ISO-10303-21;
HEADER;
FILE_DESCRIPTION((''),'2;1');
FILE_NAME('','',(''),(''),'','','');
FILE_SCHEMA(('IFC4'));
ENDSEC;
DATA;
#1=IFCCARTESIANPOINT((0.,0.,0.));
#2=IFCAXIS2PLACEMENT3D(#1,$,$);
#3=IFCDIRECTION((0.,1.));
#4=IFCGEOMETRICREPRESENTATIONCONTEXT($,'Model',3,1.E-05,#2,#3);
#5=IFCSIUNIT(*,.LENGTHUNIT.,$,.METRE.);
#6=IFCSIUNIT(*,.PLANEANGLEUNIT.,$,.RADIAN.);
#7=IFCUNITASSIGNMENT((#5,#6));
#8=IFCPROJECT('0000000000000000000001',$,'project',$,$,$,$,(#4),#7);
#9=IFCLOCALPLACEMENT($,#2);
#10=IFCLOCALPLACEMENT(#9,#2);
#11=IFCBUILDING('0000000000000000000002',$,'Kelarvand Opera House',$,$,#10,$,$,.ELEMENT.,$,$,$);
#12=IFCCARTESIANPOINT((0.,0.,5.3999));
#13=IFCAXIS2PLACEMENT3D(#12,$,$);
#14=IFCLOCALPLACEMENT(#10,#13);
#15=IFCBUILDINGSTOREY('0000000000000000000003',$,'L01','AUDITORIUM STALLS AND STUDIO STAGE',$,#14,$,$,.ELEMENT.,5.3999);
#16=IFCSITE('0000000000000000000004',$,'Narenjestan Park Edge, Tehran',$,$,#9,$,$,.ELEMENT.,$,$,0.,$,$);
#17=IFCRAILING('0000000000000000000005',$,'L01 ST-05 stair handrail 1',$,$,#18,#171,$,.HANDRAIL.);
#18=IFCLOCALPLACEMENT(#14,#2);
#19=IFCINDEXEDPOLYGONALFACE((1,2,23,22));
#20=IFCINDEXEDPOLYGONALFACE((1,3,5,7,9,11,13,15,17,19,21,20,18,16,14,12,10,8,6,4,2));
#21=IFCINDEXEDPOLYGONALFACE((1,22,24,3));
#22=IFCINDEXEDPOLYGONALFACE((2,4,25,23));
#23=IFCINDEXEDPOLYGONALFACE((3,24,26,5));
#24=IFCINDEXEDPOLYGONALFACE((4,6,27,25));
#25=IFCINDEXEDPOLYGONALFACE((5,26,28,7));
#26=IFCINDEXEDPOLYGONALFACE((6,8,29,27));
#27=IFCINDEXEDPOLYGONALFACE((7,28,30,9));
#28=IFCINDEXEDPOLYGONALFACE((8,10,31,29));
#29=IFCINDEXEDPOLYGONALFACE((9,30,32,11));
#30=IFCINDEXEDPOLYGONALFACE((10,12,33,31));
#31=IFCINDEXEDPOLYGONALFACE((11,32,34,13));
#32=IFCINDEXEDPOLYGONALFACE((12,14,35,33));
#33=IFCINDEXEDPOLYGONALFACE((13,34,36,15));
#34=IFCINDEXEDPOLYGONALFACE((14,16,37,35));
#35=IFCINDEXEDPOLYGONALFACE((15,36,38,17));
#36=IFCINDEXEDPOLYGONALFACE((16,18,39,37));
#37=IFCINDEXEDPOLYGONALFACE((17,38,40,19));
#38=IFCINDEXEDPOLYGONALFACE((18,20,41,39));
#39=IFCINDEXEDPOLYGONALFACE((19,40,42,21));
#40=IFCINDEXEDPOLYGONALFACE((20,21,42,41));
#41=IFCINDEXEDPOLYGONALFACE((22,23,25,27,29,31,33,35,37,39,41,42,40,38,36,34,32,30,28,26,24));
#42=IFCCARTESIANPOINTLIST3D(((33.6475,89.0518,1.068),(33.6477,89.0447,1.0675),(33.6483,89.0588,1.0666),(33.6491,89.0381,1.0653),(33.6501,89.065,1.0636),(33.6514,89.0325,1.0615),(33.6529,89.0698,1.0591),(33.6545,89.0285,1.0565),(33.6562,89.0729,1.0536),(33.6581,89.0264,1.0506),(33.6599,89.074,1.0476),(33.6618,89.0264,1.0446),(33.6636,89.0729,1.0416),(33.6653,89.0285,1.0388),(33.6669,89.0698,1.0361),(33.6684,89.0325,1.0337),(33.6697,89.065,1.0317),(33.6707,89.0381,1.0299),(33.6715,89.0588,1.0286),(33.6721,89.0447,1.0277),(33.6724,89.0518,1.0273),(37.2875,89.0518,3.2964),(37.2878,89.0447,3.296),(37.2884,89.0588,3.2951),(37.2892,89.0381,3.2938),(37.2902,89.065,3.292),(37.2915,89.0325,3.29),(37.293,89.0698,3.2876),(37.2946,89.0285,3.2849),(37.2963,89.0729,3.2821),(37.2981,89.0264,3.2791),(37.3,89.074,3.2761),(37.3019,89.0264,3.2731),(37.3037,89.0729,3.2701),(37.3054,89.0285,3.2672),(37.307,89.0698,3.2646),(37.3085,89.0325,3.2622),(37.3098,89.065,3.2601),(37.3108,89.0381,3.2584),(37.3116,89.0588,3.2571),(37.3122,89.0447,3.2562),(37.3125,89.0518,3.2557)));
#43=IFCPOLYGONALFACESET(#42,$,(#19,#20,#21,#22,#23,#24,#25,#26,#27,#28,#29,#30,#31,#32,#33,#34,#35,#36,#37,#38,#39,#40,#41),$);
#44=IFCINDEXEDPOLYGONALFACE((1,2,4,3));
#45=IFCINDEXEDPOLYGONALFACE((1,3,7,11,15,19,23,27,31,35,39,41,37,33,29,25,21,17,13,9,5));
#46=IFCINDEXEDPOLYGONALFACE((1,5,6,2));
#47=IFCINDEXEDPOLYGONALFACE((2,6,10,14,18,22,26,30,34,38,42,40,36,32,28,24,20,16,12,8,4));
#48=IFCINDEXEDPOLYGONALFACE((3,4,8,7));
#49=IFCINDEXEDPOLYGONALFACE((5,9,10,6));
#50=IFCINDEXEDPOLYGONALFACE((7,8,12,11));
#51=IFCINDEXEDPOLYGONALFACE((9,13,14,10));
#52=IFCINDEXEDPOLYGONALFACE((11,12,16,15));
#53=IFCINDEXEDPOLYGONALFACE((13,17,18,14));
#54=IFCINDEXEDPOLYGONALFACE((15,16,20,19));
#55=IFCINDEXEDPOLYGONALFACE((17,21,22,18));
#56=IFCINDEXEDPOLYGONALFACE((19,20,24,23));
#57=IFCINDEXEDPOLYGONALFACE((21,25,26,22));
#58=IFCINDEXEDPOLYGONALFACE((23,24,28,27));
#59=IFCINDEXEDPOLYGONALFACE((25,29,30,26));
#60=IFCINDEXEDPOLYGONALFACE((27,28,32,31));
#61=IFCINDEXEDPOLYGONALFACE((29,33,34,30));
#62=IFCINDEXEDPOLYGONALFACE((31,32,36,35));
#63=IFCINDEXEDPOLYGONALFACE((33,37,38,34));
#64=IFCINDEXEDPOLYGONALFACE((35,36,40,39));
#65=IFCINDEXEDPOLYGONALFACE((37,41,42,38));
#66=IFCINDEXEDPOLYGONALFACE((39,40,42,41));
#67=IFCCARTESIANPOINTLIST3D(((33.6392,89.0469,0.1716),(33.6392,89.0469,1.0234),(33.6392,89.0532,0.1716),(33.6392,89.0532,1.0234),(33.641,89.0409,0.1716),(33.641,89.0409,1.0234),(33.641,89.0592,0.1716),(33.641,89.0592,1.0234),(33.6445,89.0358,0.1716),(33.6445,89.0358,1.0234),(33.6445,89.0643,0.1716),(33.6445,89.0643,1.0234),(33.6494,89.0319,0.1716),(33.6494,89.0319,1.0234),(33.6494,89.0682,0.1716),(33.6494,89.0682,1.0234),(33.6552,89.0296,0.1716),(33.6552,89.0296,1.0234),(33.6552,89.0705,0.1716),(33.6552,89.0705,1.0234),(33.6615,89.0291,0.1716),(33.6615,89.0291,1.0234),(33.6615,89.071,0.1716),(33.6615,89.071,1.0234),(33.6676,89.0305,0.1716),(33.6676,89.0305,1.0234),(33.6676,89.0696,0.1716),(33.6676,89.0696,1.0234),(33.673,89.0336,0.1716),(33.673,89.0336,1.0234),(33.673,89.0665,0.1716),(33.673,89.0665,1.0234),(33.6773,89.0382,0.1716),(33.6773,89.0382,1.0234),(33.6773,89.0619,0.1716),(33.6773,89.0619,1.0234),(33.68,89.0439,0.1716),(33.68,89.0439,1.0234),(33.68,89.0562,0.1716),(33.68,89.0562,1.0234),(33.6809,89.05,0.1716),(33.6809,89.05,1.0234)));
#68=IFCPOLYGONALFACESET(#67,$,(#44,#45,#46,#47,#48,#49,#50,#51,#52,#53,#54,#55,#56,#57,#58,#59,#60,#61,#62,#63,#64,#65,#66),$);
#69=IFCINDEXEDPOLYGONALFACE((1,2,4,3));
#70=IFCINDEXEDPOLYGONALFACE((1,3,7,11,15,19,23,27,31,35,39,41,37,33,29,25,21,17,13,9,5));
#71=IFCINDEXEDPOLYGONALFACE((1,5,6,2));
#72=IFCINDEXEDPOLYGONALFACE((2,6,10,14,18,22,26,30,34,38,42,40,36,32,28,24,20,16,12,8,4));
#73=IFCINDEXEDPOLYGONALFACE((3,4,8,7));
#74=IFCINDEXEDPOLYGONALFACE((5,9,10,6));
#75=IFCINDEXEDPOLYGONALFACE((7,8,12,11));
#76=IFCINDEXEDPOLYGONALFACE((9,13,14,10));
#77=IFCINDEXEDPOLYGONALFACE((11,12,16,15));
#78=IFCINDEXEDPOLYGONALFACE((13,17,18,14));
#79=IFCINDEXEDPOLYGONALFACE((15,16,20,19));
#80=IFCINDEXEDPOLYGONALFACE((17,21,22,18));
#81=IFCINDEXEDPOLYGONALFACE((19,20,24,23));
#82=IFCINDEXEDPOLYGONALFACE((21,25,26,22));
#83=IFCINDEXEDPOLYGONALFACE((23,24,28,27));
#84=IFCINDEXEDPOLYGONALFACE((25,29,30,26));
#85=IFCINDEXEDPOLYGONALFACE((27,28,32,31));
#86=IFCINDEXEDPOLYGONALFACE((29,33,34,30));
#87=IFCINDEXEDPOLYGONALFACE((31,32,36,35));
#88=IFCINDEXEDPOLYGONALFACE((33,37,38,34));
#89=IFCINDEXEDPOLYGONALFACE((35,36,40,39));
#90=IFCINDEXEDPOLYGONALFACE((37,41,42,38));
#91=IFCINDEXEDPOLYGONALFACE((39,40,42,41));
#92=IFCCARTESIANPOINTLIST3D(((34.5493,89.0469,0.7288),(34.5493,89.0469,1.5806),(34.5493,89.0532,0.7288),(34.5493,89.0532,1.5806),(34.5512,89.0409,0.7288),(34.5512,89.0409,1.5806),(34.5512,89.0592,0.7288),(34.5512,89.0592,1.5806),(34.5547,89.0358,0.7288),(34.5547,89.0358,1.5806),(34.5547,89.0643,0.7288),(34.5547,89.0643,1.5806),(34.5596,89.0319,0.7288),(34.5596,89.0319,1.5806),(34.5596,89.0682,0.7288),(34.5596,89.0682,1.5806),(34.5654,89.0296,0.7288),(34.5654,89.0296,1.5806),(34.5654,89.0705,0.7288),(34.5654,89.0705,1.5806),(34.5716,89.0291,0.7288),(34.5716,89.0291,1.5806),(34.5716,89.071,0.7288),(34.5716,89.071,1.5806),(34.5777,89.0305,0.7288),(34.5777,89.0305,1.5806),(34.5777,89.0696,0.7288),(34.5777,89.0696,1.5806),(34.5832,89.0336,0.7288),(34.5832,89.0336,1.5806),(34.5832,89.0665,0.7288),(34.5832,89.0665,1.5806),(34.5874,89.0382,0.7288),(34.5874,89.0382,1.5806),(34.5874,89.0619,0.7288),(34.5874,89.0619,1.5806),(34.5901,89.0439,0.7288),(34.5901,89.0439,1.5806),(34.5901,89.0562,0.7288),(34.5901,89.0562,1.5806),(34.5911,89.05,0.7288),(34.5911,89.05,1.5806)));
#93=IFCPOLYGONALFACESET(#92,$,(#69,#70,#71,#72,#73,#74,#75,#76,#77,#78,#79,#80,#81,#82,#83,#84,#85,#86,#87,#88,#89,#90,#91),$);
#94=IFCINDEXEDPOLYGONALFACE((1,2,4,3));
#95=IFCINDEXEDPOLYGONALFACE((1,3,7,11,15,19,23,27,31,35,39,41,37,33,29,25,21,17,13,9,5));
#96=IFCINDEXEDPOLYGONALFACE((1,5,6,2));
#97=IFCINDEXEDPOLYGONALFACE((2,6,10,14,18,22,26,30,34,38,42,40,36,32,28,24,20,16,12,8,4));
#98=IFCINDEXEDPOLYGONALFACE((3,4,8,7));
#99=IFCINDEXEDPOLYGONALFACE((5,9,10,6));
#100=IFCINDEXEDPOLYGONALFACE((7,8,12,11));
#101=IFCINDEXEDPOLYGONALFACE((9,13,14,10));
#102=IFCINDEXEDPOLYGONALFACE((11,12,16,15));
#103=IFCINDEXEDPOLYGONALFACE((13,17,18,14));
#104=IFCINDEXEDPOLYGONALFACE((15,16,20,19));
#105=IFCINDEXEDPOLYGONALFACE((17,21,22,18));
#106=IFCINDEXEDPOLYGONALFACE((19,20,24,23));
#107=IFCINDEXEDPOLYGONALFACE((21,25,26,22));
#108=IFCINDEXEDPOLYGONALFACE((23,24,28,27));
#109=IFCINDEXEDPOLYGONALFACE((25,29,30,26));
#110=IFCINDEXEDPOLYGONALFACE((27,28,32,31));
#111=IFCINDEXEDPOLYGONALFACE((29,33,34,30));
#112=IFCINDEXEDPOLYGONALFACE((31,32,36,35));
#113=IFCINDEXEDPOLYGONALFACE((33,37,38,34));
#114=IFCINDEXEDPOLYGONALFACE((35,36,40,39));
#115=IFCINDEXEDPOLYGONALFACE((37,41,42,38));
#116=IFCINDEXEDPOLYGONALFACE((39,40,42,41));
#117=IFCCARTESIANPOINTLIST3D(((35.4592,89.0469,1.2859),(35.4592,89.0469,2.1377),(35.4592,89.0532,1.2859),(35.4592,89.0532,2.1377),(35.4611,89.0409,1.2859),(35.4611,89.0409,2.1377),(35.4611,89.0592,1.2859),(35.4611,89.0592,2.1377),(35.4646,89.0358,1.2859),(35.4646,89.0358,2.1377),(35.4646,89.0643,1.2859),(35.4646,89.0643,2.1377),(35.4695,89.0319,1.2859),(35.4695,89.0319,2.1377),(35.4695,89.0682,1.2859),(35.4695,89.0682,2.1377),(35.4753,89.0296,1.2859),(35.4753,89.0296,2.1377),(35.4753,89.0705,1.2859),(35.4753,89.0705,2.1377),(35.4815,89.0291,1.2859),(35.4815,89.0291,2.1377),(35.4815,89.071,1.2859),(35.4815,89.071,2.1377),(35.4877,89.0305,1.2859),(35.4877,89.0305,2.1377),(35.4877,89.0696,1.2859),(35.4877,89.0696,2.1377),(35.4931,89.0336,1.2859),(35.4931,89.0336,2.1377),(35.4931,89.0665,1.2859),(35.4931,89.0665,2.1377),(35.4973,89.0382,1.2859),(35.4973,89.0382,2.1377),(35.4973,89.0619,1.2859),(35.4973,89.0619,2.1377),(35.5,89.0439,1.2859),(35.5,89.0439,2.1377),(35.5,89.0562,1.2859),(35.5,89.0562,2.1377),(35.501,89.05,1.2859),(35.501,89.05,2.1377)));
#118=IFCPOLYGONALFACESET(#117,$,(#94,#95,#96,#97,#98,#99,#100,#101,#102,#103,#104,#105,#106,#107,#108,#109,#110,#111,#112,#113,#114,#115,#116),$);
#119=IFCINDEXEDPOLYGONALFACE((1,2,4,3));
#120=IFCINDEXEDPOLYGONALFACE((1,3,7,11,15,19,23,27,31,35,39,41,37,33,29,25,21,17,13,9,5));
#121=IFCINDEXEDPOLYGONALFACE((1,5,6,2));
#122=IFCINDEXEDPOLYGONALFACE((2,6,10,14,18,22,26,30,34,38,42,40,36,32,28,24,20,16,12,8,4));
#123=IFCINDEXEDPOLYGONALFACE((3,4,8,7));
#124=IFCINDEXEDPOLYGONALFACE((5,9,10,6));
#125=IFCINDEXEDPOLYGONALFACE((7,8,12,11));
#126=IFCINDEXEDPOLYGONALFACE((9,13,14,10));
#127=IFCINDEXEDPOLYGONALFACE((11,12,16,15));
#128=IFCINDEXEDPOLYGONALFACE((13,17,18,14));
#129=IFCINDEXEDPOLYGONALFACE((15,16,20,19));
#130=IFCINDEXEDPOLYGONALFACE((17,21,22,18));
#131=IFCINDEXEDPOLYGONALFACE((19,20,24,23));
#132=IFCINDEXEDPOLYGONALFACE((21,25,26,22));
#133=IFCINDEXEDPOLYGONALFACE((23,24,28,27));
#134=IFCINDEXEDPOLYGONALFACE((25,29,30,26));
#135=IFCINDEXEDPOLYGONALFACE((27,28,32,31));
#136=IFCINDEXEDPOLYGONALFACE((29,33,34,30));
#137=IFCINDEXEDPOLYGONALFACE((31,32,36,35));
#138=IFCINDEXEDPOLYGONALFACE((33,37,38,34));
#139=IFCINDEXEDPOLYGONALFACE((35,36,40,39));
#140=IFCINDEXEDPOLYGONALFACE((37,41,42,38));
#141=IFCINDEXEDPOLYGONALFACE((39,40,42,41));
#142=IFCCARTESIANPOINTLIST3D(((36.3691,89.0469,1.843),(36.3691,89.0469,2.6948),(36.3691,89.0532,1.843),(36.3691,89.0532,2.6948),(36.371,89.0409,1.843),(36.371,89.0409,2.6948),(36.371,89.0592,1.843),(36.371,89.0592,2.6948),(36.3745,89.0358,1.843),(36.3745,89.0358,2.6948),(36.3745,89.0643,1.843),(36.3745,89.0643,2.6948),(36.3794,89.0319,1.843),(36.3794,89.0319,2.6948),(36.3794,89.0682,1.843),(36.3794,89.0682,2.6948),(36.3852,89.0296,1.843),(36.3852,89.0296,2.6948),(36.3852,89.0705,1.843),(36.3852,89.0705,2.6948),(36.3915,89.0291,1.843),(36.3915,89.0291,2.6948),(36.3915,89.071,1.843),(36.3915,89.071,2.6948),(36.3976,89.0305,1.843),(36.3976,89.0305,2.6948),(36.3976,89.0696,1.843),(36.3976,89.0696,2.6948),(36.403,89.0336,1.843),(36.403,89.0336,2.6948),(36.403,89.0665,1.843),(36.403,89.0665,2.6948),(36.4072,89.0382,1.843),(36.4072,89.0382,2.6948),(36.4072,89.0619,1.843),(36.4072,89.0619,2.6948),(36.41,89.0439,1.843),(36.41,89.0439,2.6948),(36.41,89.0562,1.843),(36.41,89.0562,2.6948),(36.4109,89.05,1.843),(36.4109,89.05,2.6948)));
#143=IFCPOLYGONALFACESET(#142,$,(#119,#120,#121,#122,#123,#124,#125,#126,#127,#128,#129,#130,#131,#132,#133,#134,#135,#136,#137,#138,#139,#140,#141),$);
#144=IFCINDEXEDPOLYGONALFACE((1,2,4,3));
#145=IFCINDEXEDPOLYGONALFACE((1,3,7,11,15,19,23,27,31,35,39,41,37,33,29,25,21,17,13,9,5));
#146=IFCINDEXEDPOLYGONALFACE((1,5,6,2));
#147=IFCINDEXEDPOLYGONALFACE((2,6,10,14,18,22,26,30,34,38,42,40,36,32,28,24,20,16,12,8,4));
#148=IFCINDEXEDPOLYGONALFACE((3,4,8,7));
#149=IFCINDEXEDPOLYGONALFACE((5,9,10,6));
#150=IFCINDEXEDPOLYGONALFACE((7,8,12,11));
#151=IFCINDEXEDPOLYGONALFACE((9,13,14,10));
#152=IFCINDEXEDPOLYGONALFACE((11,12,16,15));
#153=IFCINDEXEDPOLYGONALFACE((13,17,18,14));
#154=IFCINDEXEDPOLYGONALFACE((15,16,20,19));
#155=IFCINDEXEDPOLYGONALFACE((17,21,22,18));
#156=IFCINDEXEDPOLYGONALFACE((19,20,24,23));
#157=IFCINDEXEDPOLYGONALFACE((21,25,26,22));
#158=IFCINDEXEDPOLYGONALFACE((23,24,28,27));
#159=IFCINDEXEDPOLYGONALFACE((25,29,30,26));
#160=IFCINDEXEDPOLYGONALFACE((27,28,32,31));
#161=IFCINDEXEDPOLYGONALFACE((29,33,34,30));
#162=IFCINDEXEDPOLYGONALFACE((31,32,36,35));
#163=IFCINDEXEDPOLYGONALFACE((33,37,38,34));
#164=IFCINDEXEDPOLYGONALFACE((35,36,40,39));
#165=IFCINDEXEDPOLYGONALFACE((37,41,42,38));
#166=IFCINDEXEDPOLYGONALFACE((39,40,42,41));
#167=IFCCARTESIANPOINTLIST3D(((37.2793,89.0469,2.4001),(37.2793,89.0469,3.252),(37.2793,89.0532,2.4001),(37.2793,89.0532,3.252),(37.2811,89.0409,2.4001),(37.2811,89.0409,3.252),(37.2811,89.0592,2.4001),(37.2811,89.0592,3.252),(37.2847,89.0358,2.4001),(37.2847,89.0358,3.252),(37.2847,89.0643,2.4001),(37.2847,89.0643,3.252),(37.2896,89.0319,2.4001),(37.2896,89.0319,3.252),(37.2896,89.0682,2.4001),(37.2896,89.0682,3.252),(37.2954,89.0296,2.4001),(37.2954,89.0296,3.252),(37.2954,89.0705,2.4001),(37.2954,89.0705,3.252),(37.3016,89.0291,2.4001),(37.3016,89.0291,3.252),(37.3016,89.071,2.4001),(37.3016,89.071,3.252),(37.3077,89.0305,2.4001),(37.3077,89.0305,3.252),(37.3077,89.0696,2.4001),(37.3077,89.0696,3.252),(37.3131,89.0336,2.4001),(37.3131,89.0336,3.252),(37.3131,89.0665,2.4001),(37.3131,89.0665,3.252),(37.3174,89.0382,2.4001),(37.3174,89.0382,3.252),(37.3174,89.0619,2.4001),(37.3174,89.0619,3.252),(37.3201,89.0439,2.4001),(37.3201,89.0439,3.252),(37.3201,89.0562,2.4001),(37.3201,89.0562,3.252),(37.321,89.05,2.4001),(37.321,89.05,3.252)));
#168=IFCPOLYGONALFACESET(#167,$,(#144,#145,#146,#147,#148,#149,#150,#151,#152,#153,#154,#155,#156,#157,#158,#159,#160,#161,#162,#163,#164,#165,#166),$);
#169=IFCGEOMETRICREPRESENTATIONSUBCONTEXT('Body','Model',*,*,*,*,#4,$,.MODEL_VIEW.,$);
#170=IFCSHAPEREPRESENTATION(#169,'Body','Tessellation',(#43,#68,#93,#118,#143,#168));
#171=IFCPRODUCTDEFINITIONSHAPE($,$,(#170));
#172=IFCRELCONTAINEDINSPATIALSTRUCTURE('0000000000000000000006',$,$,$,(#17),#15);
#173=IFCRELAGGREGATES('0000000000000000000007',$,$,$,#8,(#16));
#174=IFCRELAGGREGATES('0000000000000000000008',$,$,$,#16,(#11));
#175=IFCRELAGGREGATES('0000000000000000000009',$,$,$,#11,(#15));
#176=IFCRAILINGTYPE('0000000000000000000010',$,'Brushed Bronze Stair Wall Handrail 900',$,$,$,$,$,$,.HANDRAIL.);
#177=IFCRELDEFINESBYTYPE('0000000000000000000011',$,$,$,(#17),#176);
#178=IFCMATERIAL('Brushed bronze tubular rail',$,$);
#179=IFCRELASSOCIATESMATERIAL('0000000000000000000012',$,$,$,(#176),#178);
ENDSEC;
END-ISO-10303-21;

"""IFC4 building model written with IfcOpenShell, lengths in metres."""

from ifc_helpers import new_model, si_unit, direction, frame, origin, origin_2d, place, context, subcontext, project, spatial, circle, extrude, material, type_object, element, save


model = new_model("IFC4")

# Units and contexts
model_context = context("Model", 3, precision=1e-05, world=origin(), true_north=direction((0.0, 1.0)))
body_context = subcontext(model_context, "Body", "Model", "MODEL_VIEW")
ifc_project = project(units=[si_unit("LENGTHUNIT", "METRE"), si_unit("PLANEANGLEUNIT", "RADIAN")], contexts=[model_context])

# Site, building, storey
site_placement = place(None, origin())
site = spatial("IfcSite", under=ifc_project, at=site_placement, Name="Narenjestan Park Edge, Tehran", CompositionType="ELEMENT", RefElevation=0.0)
building_placement = place(site_placement, origin())
building = spatial("IfcBuilding", under=site, at=building_placement, Name="Kelarvand Opera House", CompositionType="ELEMENT")
storey_placement = place(building_placement, frame((0.0, 0.0, 5.3999)))
storey = spatial("IfcBuildingStorey", under=building, at=storey_placement, Name="L01", Description="AUDITORIUM STALLS AND STUDIO STAGE", CompositionType="ELEMENT", Elevation=5.3999)

# Railing
ifc_material_1 = material(Name="Brushed bronze tubular rail")
railing_type = type_object("IfcRailingType", Name="Brushed Bronze Stair Wall Handrail 900", PredefinedType="HANDRAIL", material=ifc_material_1)
railing_placement = place(storey_placement, frame((33.6599, 89.05, 0.1716)))
element("IfcRailing", 1, at=railing_placement, inside=storey, type_object=railing_type, Name="L01 ST-05 stair handrail 1", PredefinedType="HANDRAIL", context=body_context, shape_type="SweptSolid", body=[
    extrude(circle(Radius=0.0239, at=origin_2d()), frame((0.0, 0.0, 0.876), z_axis=(0.852866, 0.0, 0.52213), x_axis=(0.0, 1.0, 0.0)), (0.0, 0.0, 1.0), 4.2681),
    extrude(circle(Radius=0.021, at=origin_2d()), origin(), (0.0, 0.0, 1.0), 0.8518),
    extrude(circle(Radius=0.021, at=origin_2d()), frame((0.9102, 0.0, 0.5571)), (0.0, 0.0, 1.0), 0.8518),
    extrude(circle(Radius=0.021, at=origin_2d()), frame((1.8201, 0.0, 1.1143)), (0.0, 0.0, 1.0), 0.8518),
    extrude(circle(Radius=0.021, at=origin_2d()), frame((2.73, 0.0, 1.6714)), (0.0, 0.0, 1.0), 0.8518),
    extrude(circle(Radius=0.021, at=origin_2d()), frame((3.6401, 0.0, 2.2285)), (0.0, 0.0, 1.0), 0.8518),
])

save(model, "model.ifc")
